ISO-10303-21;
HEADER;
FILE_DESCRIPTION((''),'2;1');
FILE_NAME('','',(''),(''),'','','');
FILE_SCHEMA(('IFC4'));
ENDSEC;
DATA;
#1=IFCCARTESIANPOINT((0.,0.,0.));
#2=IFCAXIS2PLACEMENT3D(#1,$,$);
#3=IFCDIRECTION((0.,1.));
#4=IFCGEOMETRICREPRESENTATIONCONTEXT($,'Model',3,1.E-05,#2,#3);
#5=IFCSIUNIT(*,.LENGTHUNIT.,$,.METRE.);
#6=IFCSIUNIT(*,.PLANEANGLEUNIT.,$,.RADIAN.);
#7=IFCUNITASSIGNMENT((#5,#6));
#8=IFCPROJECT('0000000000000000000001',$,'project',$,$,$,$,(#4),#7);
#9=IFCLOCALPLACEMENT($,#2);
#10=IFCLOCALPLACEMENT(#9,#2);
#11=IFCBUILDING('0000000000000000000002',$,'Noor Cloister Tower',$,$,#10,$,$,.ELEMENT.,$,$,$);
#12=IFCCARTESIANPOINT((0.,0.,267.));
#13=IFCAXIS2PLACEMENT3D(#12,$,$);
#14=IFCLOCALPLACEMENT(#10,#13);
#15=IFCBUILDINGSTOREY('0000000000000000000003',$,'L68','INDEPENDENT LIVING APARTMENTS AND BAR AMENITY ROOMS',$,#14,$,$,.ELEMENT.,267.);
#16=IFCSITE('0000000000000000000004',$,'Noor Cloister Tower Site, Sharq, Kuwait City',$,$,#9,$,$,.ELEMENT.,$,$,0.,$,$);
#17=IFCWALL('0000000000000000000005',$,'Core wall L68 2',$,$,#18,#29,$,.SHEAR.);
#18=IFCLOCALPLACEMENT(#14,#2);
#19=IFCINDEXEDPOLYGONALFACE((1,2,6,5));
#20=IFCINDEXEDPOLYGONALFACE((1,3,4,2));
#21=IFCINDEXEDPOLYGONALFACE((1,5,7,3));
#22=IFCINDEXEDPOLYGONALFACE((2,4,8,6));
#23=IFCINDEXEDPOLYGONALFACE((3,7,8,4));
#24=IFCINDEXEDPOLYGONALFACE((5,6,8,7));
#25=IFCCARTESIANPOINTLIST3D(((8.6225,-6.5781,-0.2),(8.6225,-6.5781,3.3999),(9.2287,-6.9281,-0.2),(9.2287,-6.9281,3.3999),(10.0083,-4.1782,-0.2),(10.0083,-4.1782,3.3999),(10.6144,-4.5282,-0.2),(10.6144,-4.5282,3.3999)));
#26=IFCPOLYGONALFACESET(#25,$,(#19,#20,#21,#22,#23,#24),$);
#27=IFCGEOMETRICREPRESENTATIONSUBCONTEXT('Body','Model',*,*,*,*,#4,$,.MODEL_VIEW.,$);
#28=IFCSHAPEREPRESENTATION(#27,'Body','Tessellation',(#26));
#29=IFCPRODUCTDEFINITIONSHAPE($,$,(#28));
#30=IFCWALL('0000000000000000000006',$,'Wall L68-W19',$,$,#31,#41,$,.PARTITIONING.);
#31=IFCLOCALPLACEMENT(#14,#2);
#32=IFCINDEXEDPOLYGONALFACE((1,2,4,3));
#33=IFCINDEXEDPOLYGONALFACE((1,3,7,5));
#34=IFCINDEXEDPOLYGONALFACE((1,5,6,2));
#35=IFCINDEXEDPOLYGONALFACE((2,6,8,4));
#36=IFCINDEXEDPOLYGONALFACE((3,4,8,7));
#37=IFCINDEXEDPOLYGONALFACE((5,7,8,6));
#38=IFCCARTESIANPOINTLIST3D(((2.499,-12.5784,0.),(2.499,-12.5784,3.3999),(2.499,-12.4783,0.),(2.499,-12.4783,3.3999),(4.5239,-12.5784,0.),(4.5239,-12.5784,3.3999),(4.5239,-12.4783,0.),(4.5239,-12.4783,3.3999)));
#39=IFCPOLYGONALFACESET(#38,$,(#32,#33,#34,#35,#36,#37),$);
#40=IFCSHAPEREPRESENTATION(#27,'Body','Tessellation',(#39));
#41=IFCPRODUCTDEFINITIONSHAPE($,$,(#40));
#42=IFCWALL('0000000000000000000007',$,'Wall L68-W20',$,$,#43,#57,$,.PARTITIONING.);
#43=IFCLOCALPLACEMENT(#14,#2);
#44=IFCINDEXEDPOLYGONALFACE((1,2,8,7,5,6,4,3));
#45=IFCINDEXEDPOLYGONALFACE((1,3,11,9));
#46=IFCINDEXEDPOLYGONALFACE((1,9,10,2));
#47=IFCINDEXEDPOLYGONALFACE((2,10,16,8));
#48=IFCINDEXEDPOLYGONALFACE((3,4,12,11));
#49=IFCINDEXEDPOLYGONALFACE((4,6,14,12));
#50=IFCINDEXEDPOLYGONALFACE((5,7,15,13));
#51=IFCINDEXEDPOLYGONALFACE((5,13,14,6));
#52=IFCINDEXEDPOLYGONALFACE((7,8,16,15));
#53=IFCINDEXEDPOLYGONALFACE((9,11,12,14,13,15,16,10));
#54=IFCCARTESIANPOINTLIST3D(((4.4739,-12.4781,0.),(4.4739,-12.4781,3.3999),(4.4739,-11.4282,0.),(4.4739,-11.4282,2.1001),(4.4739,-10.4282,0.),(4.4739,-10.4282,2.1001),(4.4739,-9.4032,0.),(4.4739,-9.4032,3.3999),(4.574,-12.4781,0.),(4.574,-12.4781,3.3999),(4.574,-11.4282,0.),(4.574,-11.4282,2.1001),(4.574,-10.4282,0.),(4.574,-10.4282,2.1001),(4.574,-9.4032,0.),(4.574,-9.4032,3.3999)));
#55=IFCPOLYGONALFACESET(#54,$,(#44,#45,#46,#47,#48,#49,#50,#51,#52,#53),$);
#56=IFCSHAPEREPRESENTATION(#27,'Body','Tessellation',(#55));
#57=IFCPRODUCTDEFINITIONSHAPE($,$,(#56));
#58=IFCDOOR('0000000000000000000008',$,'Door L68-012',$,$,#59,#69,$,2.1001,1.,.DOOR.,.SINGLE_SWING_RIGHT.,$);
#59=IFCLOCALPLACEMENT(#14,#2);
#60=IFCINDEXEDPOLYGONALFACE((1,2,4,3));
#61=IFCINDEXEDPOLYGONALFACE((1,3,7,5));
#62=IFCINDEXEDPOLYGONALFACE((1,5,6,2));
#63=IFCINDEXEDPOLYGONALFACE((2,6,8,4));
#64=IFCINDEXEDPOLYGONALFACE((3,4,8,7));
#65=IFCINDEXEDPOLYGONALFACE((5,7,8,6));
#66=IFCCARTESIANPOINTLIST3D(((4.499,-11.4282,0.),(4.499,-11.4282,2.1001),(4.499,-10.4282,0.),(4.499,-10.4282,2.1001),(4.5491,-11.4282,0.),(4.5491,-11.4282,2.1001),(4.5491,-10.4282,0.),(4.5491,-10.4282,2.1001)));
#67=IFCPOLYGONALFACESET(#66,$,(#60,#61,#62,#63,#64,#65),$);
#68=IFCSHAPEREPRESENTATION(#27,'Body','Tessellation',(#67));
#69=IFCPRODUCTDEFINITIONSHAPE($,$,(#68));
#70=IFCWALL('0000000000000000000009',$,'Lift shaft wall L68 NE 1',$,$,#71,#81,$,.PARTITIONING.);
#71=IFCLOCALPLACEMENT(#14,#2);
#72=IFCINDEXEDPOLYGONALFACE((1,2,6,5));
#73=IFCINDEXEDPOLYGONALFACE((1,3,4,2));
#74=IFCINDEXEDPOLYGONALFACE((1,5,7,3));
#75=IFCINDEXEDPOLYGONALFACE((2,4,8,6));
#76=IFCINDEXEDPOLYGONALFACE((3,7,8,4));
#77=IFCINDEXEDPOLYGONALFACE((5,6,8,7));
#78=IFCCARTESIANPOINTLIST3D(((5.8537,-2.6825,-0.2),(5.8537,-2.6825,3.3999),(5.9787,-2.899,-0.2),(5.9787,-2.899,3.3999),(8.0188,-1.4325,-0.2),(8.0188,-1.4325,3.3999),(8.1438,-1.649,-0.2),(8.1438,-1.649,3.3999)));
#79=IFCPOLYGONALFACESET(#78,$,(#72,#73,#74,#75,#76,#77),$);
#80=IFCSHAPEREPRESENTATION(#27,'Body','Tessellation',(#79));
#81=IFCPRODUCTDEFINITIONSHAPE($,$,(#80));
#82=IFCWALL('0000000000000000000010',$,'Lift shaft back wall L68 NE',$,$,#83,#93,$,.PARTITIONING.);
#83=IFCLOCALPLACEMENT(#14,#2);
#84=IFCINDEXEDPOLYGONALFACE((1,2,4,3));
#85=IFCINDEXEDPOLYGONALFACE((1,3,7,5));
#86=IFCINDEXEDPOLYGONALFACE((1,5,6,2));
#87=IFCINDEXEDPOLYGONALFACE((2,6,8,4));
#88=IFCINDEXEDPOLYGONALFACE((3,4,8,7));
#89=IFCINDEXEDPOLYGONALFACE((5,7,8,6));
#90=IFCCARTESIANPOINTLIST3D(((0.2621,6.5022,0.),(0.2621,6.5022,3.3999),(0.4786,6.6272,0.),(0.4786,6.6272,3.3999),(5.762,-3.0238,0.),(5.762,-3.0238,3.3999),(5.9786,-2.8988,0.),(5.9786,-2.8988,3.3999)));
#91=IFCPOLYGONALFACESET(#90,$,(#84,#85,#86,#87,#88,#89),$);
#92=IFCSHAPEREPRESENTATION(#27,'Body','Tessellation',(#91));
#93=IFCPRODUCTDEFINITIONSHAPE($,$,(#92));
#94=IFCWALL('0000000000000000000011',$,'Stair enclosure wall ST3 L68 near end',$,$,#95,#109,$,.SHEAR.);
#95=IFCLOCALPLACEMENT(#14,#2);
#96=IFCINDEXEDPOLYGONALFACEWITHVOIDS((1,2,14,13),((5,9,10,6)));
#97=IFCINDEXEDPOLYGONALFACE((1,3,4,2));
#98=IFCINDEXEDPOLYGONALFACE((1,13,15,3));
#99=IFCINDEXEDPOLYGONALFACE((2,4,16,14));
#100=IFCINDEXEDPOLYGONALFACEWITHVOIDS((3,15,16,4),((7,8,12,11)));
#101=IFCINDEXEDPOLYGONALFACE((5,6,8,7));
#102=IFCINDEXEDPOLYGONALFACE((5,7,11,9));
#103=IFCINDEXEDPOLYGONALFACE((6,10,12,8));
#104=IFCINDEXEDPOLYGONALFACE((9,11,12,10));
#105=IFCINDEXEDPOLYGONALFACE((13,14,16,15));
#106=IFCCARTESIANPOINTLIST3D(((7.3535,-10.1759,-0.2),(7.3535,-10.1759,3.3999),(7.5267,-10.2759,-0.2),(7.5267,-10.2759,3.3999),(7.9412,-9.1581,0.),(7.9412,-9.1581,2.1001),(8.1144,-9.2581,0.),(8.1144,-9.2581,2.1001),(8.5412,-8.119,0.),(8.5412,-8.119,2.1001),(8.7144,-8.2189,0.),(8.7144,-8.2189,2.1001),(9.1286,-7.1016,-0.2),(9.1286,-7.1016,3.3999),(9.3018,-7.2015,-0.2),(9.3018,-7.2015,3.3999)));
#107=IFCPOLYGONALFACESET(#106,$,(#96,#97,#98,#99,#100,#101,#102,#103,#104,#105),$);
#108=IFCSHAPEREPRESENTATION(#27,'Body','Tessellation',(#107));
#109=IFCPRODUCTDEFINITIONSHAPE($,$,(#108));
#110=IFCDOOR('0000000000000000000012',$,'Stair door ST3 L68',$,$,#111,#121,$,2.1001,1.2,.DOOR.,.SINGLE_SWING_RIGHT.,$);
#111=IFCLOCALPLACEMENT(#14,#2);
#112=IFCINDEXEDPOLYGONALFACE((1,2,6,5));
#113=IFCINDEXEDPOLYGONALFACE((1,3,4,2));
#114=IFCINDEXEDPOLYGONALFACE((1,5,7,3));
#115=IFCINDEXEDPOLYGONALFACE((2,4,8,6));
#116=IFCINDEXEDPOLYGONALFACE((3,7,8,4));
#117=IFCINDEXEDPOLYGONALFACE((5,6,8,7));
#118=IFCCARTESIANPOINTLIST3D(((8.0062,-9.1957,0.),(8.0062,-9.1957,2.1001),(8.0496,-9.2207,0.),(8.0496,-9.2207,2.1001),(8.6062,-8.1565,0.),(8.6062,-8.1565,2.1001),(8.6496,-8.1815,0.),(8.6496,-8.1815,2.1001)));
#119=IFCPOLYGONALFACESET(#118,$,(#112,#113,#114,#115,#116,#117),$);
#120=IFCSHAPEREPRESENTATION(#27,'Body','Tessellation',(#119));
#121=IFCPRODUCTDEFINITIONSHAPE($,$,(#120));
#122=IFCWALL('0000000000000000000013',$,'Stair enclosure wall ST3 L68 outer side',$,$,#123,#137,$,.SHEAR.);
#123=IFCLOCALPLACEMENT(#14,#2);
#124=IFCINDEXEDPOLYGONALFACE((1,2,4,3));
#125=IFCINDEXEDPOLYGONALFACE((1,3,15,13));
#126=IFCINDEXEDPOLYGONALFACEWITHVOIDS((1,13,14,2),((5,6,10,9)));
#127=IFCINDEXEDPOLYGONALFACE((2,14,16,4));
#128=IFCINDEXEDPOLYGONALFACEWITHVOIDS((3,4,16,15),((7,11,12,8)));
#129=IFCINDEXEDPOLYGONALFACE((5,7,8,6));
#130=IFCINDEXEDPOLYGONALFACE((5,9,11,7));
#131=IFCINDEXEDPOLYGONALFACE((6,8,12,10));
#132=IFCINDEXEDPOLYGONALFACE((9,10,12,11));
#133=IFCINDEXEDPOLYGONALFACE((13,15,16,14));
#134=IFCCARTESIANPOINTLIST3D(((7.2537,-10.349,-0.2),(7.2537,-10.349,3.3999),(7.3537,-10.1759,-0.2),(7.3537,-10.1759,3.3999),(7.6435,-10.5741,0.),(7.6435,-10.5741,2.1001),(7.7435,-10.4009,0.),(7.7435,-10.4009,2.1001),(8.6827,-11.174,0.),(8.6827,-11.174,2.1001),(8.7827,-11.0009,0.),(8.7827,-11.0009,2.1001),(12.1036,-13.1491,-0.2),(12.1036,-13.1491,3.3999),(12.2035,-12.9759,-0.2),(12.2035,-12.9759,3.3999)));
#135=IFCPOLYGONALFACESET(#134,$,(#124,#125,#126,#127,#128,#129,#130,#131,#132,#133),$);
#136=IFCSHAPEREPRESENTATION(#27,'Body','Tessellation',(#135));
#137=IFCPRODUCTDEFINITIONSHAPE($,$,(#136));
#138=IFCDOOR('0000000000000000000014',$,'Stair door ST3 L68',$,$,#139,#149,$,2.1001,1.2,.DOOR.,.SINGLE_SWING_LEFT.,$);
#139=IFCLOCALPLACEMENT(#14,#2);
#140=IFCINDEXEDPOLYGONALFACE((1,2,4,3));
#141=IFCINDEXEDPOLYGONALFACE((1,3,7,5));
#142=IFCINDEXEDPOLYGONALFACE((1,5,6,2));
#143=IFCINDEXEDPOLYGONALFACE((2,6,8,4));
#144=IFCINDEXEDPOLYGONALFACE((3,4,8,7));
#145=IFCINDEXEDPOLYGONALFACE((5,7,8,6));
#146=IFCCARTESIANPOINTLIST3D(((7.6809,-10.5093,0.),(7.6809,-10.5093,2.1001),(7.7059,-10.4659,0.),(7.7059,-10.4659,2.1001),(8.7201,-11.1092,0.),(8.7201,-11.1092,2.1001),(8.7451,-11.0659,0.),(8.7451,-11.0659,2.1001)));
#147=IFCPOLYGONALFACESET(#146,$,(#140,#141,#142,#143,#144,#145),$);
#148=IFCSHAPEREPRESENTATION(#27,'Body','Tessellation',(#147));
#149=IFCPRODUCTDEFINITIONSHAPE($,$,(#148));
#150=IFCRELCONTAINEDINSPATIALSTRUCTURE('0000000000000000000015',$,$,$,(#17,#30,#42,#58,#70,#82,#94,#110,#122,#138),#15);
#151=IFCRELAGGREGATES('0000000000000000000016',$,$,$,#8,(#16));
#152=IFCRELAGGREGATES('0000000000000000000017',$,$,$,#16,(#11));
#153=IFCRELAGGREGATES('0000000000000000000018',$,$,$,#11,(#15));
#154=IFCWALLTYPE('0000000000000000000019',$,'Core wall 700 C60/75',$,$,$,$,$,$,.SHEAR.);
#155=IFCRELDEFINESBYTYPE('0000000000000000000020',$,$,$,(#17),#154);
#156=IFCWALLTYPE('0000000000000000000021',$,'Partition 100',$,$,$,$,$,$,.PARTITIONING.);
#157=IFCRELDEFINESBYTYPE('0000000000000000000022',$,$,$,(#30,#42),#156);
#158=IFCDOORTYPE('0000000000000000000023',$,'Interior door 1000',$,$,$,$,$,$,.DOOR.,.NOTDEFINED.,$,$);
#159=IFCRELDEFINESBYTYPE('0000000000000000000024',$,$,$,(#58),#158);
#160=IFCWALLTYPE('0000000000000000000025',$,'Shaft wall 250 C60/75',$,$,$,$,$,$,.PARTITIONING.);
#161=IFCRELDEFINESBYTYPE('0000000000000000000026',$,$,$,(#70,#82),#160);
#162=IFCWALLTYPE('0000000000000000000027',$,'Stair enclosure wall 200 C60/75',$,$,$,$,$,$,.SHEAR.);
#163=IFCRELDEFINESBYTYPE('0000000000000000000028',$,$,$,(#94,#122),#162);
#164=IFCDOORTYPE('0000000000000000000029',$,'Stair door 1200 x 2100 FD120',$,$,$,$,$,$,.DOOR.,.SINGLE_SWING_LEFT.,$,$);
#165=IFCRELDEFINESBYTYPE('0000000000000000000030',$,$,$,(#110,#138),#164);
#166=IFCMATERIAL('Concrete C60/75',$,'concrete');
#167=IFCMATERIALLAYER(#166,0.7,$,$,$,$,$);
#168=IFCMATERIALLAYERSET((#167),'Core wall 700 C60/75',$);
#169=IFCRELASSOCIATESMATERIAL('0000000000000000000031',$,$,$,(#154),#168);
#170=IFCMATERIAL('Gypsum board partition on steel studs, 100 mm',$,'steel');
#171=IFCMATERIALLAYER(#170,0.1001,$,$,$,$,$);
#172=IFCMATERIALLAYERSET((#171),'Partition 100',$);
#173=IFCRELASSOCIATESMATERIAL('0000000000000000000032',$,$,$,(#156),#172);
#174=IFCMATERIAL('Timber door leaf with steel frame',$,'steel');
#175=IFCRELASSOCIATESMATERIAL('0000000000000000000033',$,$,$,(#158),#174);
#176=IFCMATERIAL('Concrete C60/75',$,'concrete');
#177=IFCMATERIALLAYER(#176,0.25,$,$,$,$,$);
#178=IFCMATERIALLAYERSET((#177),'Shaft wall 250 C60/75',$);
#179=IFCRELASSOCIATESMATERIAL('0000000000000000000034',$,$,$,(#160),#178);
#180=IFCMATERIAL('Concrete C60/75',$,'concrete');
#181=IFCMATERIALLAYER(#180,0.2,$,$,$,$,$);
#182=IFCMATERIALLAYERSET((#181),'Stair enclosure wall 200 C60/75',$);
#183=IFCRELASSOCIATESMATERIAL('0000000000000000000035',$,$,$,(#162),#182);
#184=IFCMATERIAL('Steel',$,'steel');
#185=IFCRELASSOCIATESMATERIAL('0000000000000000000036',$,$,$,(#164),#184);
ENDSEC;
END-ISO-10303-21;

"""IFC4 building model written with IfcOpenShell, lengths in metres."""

from ifc_helpers import new_model, si_unit, direction, frame, frame_2d, origin, place, context, subcontext, project, spatial, rectangle, extrude, material, layer, layer_set, type_object, element, fill, save


model = new_model("IFC4")

# Units and contexts
model_context = context("Model", 3, precision=1e-05, world=origin(), true_north=direction((0.0, 1.0)))
body_context = subcontext(model_context, "Body", "Model", "MODEL_VIEW")
ifc_project = project(units=[si_unit("LENGTHUNIT", "METRE"), si_unit("PLANEANGLEUNIT", "RADIAN")], contexts=[model_context])

# Site, building, storey
site_placement = place(None, origin())
site = spatial("IfcSite", under=ifc_project, at=site_placement, Name="Noor Cloister Tower Site, Sharq, Kuwait City", CompositionType="ELEMENT", RefElevation=0.0)
building_placement = place(site_placement, origin())
building = spatial("IfcBuilding", under=site, at=building_placement, Name="Noor Cloister Tower", CompositionType="ELEMENT")
storey_placement = place(building_placement, frame((0.0, 0.0, 267.0)))
storey = spatial("IfcBuildingStorey", under=building, at=storey_placement, Name="L68", Description="INDEPENDENT LIVING APARTMENTS AND BAR AMENITY ROOMS", CompositionType="ELEMENT", Elevation=267.0)

# Walls
ifc_material_1 = material(Name="Concrete C60/75", Category="concrete")
ifc_layer_1 = layer(ifc_material_1, 0.7)
ifc_layer_set_1 = layer_set([ifc_layer_1], Name="Core wall 700 C60/75")
wall_type_1 = type_object("IfcWallType", Name="Core wall 700 C60/75", PredefinedType="SHEAR", material=ifc_layer_set_1)
wall_1_placement = place(storey_placement, frame((8.9255, -6.7532, -0.2), z_axis=(0.0, 0.0, 1.0), x_axis=(0.500043, 0.866001, 0.0)))
element("IfcWall", 1, at=wall_1_placement, inside=storey, type_object=wall_type_1, Name="Core wall L68 2", PredefinedType="SHEAR", context=body_context, shape_type="SweptSolid", body=[
    extrude(rectangle(XDim=2.7712, YDim=0.7, at=frame_2d((1.3857, 0.0))), origin(), (0.0, 0.0, 1.0), 3.5999),
])
ifc_material_2 = material(Name="Gypsum board partition on steel studs, 100 mm", Category="steel")
ifc_layer_2 = layer(ifc_material_2, 0.1001)
ifc_layer_set_2 = layer_set([ifc_layer_2], Name="Partition 100")
wall_type_2 = type_object("IfcWallType", Name="Partition 100", PredefinedType="PARTITIONING", material=ifc_layer_set_2)
wall_2_placement = place(storey_placement, frame((2.499, -12.5283, 0.0), z_axis=(0.0, 0.0, 1.0), x_axis=(1.0, 0.0, 0.0)))
element("IfcWall", 2, at=wall_2_placement, inside=storey, type_object=wall_type_2, Name="Wall L68-W19", PredefinedType="PARTITIONING", context=body_context, shape_type="SweptSolid", body=[
    extrude(rectangle(XDim=2.0249, YDim=0.1001, at=frame_2d((1.0125, 0.0))), origin(), (0.0, 0.0, 1.0), 3.3999),
])

# Wall, opening, door
wall_3_placement = place(storey_placement, frame((4.5239, -12.4783, 0.0), z_axis=(0.0, 0.0, 1.0), x_axis=(0.0, 1.0, 0.0)))
wall_3 = element("IfcWall", 3, at=wall_3_placement, inside=storey, type_object=wall_type_2, Name="Wall L68-W20", PredefinedType="PARTITIONING", context=body_context, shape_type="SweptSolid", body=[
    extrude(rectangle(XDim=3.075, YDim=0.1001, at=frame_2d((1.5376, 0.0))), origin(), (0.0, 0.0, 1.0), 3.3999),
])
opening_1_placement = place(wall_3_placement, frame((1.05, 0.0, 0.0)))
opening_1 = element("IfcOpeningElement", 4, at=opening_1_placement, cuts=wall_3, PredefinedType="OPENING", context=body_context, shape_type="SweptSolid", body=[
    extrude(rectangle(XDim=1.0, YDim=2.1001, at=frame_2d((0.5, 1.05))), frame((0.0, 0.0601, 0.0), z_axis=(0.0, -1.0, 0.0), x_axis=(1.0, 0.0, 0.0)), (0.0, 0.0, 1.0), 0.1201),
])
ifc_material_3 = material(Name="Timber door leaf with steel frame", Category="steel")
door_type_1 = type_object("IfcDoorType", Name="Interior door 1000", OperationType="NOTDEFINED", PredefinedType="DOOR", material=ifc_material_3)
door_1_placement = place(opening_1_placement, origin())
door_1 = element("IfcDoor", 5, at=door_1_placement, inside=storey, type_object=door_type_1, Name="Door L68-012", OperationType="SINGLE_SWING_RIGHT", OverallHeight=2.1001, OverallWidth=1.0, PredefinedType="DOOR", context=body_context, shape_type="SweptSolid", body=[
    extrude(rectangle(XDim=1.0, YDim=2.1001, at=frame_2d((0.5, 1.05))), frame((0.0, 0.0249, 0.0), z_axis=(0.0, -1.0, 0.0), x_axis=(1.0, 0.0, 0.0)), (0.0, 0.0, 1.0), 0.05),
])
fill(opening_1, door_1)

# Walls
ifc_material_4 = material(Name="Concrete C60/75", Category="concrete")
ifc_layer_3 = layer(ifc_material_4, 0.25)
ifc_layer_set_3 = layer_set([ifc_layer_3], Name="Shaft wall 250 C60/75")
wall_type_3 = type_object("IfcWallType", Name="Shaft wall 250 C60/75", PredefinedType="PARTITIONING", material=ifc_layer_set_3)
wall_4_placement = place(storey_placement, frame((8.0813, -1.5408, -0.2), z_axis=(0.0, 0.0, 1.0), x_axis=(-0.866023, -0.500004, 0.0)))
element("IfcWall", 6, at=wall_4_placement, inside=storey, type_object=wall_type_3, Name="Lift shaft wall L68 NE 1", PredefinedType="PARTITIONING", context=body_context, shape_type="SweptSolid", body=[
    extrude(rectangle(XDim=2.5, YDim=0.25, at=frame_2d((1.25, 0.0))), origin(), (0.0, 0.0, 1.0), 3.5999),
])
wall_5_placement = place(storey_placement, frame((5.8704, -2.9614, 0.0), z_axis=(0.0, 0.0, 1.0), x_axis=(-0.500006, 0.866022, 0.0)))
element("IfcWall", 7, at=wall_5_placement, inside=storey, type_object=wall_type_3, Name="Lift shaft back wall L68 NE", PredefinedType="PARTITIONING", context=body_context, shape_type="SweptSolid", body=[
    extrude(rectangle(XDim=10.9998, YDim=0.25, at=frame_2d((5.5, 0.0))), origin(), (0.0, 0.0, 1.0), 3.3999),
])

# Walls, openings, doors
ifc_material_5 = material(Name="Concrete C60/75", Category="concrete")
ifc_layer_4 = layer(ifc_material_5, 0.2)
ifc_layer_set_4 = layer_set([ifc_layer_4], Name="Stair enclosure wall 200 C60/75")
wall_type_4 = type_object("IfcWallType", Name="Stair enclosure wall 200 C60/75", PredefinedType="SHEAR", material=ifc_layer_set_4)
wall_6_placement = place(storey_placement, frame((7.4402, -10.2258, -0.2), z_axis=(0.0, 0.0, 1.0), x_axis=(0.500022, 0.866013, 0.0)))
wall_6 = element("IfcWall", 8, at=wall_6_placement, inside=storey, type_object=wall_type_4, Name="Stair enclosure wall ST3 L68 near end", PredefinedType="SHEAR", context=body_context, shape_type="SweptSolid", body=[
    extrude(rectangle(XDim=3.55, YDim=0.2, at=frame_2d((1.7749, 0.0))), origin(), (0.0, 0.0, 1.0), 3.5999),
])
opening_2_placement = place(wall_6_placement, frame((1.175, 0.0, 0.2)))
opening_2 = element("IfcOpeningElement", 9, at=opening_2_placement, cuts=wall_6, PredefinedType="OPENING", context=body_context, shape_type="SweptSolid", body=[
    extrude(rectangle(XDim=1.2, YDim=2.1001, at=frame_2d((0.6001, 1.05))), frame((0.0, 0.1099, 0.0), z_axis=(0.0, -1.0, 0.0), x_axis=(1.0, 0.0, 0.0)), (0.0, 0.0, 1.0), 0.22),
])
ifc_material_6 = material(Name="Steel", Category="steel")
door_type_2 = type_object("IfcDoorType", Name="Stair door 1200 x 2100 FD120", OperationType="SINGLE_SWING_LEFT", PredefinedType="DOOR", material=ifc_material_6)
door_2_placement = place(opening_2_placement, origin())
door_2 = element("IfcDoor", 10, at=door_2_placement, inside=storey, type_object=door_type_2, Name="Stair door ST3 L68", OperationType="SINGLE_SWING_RIGHT", OverallHeight=2.1001, OverallWidth=1.2, PredefinedType="DOOR", context=body_context, shape_type="SweptSolid", body=[
    extrude(rectangle(XDim=1.2, YDim=2.1001, at=frame_2d((0.6001, 1.05))), frame((0.0, 0.0249, 0.0), z_axis=(0.0, -1.0, 0.0), x_axis=(1.0, 0.0, 0.0)), (0.0, 0.0, 1.0), 0.05),
])
fill(opening_2, door_2)
wall_7_placement = place(storey_placement, frame((7.3037, -10.2625, -0.2), z_axis=(0.0, 0.0, 1.0), x_axis=(0.866027, -0.499998, 0.0)))
wall_7 = element("IfcWall", 11, at=wall_7_placement, inside=storey, type_object=wall_type_4, Name="Stair enclosure wall ST3 L68 outer side", PredefinedType="SHEAR", context=body_context, shape_type="SweptSolid", body=[
    extrude(rectangle(XDim=5.6001, YDim=0.2, at=frame_2d((2.8, 0.0))), origin(), (0.0, 0.0, 1.0), 3.5999),
])
opening_3_placement = place(wall_7_placement, frame((0.45, 0.0, 0.2)))
opening_3 = element("IfcOpeningElement", 12, at=opening_3_placement, cuts=wall_7, PredefinedType="OPENING", context=body_context, shape_type="SweptSolid", body=[
    extrude(rectangle(XDim=1.2, YDim=2.1001, at=frame_2d((0.6001, 1.05))), frame((0.0, 0.1099, 0.0), z_axis=(0.0, -1.0, 0.0), x_axis=(1.0, 0.0, 0.0)), (0.0, 0.0, 1.0), 0.22),
])
door_3_placement = place(opening_3_placement, origin())
door_3 = element("IfcDoor", 13, at=door_3_placement, inside=storey, type_object=door_type_2, Name="Stair door ST3 L68", OperationType="SINGLE_SWING_LEFT", OverallHeight=2.1001, OverallWidth=1.2, PredefinedType="DOOR", context=body_context, shape_type="SweptSolid", body=[
    extrude(rectangle(XDim=1.2, YDim=2.1001, at=frame_2d((0.6001, 1.05))), frame((0.0, 0.0249, 0.0), z_axis=(0.0, -1.0, 0.0), x_axis=(1.0, 0.0, 0.0)), (0.0, 0.0, 1.0), 0.05),
])
fill(opening_3, door_3)

save(model, "model.ifc")
